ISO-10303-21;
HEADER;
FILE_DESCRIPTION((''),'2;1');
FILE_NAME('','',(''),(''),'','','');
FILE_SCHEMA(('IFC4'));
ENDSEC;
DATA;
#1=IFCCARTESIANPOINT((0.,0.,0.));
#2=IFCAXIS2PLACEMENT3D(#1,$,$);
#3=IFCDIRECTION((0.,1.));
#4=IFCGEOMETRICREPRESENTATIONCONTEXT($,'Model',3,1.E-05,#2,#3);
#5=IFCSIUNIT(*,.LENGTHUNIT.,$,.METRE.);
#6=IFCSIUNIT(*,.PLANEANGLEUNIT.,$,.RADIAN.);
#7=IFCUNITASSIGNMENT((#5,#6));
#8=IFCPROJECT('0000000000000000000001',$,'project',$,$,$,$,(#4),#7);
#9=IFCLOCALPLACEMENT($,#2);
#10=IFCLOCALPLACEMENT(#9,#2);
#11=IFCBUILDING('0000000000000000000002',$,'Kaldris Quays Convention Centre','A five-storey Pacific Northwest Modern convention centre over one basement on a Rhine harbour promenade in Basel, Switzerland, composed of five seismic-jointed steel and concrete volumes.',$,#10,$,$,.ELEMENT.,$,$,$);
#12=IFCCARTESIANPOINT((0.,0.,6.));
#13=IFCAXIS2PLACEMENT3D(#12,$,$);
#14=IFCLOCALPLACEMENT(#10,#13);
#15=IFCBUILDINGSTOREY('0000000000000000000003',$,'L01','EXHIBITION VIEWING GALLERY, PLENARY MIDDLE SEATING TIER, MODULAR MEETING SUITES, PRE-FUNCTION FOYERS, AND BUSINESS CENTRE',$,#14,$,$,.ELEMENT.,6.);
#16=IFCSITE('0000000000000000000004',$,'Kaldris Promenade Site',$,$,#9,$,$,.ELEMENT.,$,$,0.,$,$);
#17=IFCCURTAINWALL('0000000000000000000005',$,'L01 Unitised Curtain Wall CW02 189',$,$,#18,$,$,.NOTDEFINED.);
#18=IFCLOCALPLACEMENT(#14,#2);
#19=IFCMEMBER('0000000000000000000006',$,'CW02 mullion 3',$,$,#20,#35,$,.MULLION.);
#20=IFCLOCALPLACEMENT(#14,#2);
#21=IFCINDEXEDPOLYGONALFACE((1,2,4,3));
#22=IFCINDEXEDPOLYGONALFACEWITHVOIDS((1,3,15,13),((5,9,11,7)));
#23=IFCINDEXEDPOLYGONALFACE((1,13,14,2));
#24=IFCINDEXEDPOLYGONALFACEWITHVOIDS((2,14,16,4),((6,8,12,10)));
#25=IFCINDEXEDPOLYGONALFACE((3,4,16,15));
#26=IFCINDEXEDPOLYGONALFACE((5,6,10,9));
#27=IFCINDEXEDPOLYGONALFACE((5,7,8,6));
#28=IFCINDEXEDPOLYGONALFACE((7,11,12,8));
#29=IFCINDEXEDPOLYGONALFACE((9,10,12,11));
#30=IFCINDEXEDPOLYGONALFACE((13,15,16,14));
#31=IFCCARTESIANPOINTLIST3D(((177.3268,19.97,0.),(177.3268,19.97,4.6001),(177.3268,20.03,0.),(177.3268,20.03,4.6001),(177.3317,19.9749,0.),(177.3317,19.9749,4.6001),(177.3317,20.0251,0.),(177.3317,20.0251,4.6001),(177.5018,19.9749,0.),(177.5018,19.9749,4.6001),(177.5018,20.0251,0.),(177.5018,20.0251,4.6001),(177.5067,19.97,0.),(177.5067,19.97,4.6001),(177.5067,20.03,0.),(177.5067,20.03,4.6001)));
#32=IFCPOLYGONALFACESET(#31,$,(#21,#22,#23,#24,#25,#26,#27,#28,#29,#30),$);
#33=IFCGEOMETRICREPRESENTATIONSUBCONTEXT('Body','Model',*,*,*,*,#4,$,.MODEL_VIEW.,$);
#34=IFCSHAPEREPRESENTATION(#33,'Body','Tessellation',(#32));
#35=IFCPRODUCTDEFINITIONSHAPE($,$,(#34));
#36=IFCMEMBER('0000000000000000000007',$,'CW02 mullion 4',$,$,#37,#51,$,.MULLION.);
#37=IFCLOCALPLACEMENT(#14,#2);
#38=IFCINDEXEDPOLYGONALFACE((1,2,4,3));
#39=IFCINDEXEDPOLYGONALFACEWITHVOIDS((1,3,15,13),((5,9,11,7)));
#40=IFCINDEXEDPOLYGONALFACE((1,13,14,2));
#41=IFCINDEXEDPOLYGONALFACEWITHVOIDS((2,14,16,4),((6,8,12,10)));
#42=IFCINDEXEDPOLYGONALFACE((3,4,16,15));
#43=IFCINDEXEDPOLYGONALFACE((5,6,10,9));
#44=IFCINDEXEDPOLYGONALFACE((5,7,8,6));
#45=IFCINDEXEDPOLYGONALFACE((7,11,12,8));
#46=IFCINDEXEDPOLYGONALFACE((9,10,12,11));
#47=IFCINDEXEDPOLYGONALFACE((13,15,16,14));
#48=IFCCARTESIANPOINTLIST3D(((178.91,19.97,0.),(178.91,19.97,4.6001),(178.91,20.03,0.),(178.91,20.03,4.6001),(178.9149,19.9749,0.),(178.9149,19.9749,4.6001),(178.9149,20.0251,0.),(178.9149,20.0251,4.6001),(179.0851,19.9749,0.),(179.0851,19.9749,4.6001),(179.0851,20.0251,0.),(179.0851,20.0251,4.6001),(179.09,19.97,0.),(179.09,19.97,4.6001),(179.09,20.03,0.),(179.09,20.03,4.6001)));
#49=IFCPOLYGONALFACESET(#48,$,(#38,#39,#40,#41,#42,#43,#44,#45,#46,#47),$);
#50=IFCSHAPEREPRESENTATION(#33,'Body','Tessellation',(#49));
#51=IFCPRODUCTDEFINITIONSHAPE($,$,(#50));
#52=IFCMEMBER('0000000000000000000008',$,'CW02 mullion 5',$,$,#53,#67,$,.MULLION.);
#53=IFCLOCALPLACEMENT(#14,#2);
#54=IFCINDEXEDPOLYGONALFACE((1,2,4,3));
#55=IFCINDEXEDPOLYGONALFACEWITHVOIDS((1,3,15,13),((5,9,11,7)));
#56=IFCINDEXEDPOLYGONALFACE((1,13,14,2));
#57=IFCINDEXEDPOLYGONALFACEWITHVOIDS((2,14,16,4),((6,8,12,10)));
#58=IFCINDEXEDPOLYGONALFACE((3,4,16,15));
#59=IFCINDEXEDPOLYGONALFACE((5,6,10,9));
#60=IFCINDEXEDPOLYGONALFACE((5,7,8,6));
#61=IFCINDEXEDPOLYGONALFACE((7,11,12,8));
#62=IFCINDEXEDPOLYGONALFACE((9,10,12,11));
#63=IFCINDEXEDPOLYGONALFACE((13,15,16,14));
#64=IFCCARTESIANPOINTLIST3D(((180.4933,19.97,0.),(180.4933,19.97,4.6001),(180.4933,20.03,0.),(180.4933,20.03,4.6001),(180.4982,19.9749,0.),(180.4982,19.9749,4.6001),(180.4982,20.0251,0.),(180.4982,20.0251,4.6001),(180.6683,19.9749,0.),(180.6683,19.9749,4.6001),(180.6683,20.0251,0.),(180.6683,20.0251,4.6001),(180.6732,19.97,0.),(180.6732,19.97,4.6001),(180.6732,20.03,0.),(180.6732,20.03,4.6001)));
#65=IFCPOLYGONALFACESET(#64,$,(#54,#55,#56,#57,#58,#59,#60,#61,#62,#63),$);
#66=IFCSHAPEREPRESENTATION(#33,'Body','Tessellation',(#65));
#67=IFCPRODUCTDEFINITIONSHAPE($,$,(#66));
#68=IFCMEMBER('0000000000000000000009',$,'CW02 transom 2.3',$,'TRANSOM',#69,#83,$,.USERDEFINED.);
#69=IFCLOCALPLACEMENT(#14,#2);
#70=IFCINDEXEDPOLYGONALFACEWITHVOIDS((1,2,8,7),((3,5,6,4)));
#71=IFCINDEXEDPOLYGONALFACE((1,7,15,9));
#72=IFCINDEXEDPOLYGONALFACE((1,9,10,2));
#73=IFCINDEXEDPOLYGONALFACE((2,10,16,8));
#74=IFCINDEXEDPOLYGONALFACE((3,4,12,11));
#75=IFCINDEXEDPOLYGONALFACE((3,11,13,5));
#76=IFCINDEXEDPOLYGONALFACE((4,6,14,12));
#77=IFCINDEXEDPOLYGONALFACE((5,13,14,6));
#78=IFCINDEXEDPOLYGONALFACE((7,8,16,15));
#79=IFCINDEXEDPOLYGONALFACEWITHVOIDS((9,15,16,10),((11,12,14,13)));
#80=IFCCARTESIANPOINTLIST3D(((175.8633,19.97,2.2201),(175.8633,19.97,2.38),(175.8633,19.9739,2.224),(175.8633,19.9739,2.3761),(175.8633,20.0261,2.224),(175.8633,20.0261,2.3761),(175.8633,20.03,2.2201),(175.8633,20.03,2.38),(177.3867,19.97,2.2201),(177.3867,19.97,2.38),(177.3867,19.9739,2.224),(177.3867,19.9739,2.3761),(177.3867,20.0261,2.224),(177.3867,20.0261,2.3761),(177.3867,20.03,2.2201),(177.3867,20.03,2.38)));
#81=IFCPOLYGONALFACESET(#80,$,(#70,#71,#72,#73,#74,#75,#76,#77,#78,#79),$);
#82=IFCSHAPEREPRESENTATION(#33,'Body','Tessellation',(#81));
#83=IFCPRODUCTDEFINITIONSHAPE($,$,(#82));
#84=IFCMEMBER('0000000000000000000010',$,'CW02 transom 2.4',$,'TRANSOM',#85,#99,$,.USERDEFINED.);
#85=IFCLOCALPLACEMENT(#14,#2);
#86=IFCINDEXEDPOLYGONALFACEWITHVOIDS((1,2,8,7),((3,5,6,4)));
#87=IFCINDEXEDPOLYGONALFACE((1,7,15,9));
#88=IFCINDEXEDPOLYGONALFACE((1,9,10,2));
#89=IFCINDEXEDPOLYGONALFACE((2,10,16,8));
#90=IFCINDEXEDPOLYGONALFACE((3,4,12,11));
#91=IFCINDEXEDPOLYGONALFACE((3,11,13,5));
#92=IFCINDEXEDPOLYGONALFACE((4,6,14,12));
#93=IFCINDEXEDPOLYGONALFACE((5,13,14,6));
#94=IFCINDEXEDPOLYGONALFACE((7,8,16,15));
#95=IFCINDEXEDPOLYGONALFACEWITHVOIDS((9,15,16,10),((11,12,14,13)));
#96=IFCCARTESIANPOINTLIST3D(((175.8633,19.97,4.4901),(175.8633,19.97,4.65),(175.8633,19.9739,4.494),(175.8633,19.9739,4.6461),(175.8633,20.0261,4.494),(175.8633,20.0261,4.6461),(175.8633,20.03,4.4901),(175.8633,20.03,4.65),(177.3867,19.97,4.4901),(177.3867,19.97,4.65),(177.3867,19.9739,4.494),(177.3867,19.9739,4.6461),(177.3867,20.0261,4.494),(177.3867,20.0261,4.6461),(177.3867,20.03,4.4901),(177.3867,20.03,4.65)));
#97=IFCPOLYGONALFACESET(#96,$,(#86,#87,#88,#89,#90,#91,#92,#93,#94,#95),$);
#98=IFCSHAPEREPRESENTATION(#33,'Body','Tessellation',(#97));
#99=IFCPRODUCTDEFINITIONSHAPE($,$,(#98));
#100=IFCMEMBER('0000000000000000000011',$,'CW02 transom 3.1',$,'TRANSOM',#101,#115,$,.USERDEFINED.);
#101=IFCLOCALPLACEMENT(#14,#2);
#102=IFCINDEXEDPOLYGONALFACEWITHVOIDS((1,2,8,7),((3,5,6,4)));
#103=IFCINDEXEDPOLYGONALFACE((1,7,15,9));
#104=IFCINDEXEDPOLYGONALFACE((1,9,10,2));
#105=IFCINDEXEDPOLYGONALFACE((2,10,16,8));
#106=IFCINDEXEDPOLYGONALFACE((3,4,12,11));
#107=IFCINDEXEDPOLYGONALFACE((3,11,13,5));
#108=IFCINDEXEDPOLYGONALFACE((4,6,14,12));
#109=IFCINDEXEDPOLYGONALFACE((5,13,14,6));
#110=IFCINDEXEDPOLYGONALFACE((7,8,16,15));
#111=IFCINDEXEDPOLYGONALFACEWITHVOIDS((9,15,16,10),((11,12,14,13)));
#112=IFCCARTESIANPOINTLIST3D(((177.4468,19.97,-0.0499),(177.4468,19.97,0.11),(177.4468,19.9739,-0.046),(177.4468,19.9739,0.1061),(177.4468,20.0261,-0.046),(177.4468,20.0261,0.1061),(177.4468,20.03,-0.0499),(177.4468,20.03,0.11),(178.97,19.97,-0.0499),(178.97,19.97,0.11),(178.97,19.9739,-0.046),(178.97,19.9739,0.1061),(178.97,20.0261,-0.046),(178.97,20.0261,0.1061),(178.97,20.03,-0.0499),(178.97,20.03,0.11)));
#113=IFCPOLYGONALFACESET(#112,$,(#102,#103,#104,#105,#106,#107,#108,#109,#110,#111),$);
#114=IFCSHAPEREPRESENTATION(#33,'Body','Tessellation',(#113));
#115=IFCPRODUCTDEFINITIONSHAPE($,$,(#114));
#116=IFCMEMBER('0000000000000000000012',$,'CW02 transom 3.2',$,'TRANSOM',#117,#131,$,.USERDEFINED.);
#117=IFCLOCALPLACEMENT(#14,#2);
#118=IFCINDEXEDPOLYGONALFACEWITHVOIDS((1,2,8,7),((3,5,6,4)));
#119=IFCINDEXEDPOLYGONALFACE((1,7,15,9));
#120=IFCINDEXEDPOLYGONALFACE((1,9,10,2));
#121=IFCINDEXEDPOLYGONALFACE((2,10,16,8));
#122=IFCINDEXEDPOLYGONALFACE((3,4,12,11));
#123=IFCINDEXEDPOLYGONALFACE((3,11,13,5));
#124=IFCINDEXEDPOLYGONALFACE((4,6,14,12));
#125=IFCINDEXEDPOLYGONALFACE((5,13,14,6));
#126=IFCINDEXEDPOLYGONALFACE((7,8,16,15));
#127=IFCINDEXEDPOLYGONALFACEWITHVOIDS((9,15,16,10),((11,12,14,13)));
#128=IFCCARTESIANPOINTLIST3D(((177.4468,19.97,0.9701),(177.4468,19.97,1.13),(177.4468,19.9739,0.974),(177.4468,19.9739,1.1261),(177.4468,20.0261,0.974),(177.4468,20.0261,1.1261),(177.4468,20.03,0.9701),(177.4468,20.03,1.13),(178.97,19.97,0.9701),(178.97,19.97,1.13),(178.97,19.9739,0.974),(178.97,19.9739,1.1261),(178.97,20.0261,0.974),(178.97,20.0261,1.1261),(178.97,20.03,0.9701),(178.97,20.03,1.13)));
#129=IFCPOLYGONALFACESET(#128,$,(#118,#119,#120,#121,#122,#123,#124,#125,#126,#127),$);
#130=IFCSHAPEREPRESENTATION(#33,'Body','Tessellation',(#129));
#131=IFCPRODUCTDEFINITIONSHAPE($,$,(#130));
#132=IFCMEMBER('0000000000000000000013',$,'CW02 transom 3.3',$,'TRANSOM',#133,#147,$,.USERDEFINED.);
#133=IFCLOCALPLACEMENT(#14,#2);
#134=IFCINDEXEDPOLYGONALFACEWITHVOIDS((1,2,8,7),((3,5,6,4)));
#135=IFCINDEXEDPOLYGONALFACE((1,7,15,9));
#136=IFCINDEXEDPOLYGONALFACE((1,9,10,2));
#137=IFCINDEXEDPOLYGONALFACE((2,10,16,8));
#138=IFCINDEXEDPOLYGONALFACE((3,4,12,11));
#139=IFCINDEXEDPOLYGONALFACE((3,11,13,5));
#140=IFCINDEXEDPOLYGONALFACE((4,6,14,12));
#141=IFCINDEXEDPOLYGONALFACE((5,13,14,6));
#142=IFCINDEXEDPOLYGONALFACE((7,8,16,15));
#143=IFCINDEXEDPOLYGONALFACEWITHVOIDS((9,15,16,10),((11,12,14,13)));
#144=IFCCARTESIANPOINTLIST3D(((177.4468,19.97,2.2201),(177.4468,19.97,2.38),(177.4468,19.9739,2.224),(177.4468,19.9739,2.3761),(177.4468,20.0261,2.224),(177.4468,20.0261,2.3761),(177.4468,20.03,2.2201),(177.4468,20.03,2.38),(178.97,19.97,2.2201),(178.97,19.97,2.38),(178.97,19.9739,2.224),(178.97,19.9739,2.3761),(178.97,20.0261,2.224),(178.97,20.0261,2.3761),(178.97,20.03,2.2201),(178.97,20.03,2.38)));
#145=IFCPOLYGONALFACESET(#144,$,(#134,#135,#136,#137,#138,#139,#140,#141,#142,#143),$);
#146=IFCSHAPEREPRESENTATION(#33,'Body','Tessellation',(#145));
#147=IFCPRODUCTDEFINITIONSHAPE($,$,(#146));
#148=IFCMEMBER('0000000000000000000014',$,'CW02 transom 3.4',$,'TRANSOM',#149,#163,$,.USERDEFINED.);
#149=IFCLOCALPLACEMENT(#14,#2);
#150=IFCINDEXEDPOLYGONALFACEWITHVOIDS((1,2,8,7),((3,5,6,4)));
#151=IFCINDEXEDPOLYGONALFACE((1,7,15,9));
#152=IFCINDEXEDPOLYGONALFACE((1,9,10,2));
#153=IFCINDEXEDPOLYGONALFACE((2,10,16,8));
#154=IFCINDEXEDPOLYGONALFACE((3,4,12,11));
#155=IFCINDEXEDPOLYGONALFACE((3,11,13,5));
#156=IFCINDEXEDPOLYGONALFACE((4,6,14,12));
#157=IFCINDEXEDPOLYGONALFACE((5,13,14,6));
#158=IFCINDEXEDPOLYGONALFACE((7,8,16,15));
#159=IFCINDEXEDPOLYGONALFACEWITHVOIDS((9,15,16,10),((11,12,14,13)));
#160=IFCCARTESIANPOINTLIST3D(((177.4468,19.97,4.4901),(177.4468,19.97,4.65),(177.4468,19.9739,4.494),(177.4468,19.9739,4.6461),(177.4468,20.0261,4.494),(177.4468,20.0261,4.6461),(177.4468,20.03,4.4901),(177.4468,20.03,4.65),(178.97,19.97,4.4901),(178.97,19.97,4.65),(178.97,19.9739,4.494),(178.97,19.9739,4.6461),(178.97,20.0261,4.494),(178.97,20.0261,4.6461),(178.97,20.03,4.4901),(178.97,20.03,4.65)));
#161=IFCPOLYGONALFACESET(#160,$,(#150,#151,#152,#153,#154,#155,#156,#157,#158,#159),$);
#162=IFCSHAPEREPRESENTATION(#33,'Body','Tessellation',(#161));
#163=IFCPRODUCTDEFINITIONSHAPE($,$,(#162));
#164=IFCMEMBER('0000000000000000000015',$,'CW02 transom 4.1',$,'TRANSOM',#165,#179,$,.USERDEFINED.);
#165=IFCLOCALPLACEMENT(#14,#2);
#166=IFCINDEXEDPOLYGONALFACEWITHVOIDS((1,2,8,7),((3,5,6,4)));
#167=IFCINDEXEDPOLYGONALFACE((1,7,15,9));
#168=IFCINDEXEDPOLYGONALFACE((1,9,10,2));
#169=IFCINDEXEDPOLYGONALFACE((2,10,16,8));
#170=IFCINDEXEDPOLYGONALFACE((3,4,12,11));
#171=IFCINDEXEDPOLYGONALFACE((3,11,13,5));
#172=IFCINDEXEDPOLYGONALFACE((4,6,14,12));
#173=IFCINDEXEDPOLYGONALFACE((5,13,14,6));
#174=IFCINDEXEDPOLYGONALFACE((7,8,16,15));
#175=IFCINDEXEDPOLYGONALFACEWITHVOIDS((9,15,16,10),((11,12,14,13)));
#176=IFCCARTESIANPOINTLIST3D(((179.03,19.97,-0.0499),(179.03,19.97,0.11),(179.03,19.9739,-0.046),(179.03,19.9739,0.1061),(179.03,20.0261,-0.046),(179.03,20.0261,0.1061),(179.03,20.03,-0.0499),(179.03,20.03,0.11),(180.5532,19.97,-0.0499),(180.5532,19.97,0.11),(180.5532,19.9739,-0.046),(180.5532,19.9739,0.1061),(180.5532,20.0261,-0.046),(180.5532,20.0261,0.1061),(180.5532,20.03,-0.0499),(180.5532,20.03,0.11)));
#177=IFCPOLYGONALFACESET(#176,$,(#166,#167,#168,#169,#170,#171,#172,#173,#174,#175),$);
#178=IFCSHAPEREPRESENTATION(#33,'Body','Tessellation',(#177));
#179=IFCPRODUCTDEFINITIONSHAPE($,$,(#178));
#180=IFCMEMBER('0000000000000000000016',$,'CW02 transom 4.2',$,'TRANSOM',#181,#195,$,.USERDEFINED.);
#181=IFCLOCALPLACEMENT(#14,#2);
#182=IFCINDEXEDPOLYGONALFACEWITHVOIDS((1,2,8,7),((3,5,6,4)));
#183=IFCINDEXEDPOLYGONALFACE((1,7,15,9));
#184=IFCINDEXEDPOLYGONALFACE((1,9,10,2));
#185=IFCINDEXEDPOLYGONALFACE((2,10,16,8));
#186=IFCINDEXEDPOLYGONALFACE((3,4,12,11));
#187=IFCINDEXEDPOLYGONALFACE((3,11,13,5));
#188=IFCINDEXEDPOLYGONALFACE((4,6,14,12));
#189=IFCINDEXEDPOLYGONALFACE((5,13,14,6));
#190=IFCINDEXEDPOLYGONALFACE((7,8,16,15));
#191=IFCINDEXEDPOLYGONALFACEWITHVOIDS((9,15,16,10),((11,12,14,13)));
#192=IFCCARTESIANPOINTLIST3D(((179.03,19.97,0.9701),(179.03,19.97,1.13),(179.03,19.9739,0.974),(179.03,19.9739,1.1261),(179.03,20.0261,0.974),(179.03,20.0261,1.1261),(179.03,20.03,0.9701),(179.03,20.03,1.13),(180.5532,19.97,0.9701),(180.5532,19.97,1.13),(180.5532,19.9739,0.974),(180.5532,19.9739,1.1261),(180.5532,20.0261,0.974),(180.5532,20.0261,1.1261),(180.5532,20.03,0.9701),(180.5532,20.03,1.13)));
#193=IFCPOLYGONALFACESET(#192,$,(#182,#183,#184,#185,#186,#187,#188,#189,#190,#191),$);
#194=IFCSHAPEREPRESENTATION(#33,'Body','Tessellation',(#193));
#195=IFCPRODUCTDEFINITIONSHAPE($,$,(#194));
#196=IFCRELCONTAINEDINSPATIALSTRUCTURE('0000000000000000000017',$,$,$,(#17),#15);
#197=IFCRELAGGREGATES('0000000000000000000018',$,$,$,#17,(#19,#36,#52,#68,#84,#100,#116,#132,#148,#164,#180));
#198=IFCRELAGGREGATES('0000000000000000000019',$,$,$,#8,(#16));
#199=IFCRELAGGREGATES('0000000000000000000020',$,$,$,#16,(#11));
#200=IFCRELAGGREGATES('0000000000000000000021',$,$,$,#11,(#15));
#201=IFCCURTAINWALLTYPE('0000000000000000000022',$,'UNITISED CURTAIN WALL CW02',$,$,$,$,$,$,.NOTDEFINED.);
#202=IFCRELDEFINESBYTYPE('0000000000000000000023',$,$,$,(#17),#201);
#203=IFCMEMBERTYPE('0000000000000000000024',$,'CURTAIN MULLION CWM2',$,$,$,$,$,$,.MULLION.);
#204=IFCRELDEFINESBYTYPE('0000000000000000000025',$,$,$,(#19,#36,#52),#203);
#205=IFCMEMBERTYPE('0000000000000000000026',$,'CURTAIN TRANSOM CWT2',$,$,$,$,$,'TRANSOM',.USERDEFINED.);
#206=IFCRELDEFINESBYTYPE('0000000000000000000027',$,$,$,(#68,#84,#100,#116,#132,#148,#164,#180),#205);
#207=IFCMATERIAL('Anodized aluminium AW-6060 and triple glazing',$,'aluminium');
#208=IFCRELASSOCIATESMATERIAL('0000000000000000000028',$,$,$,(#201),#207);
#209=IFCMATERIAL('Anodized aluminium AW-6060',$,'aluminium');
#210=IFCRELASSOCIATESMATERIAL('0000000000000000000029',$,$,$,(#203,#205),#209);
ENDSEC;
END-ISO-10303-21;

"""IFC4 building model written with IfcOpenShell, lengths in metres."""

from ifc_helpers import new_model, si_unit, direction, frame, origin, origin_2d, place, context, subcontext, project, spatial, hollow_rectangle, extrude, material, material_profile, profile_set, type_object, element, aggregate, save


model = new_model("IFC4")

# Units and contexts
model_context = context("Model", 3, precision=1e-05, world=origin(), true_north=direction((0.0, 1.0)))
body_context = subcontext(model_context, "Body", "Model", "MODEL_VIEW")
ifc_project = project(units=[si_unit("LENGTHUNIT", "METRE"), si_unit("PLANEANGLEUNIT", "RADIAN")], contexts=[model_context])

# Site, building, storey
site_placement = place(None, origin())
site = spatial("IfcSite", under=ifc_project, at=site_placement, Name="Kaldris Promenade Site", CompositionType="ELEMENT", RefElevation=0.0)
building_placement = place(site_placement, origin())
building = spatial("IfcBuilding", under=site, at=building_placement, Name="Kaldris Quays Convention Centre", Description="A five-storey Pacific Northwest Modern convention centre over one basement on a Rhine harbour promenade in Basel, Switzerland, composed of five seismic-jointed steel and concrete volumes.", CompositionType="ELEMENT")
storey_placement = place(building_placement, frame((0.0, 0.0, 6.0)))
storey = spatial("IfcBuildingStorey", under=building, at=storey_placement, Name="L01", Description="EXHIBITION VIEWING GALLERY, PLENARY MIDDLE SEATING TIER, MODULAR MEETING SUITES, PRE-FUNCTION FOYERS, AND BUSINESS CENTRE", CompositionType="ELEMENT", Elevation=6.0)

# Curtain wall, members
ifc_material_1 = material(Name="Anodized aluminium AW-6060 and triple glazing", Category="aluminium")
curtain_wall_type = type_object("IfcCurtainWallType", Name="UNITISED CURTAIN WALL CW02", PredefinedType="NOTDEFINED", material=ifc_material_1)
curtain_wall_placement = place(storey_placement, origin())
curtain_wall = element("IfcCurtainWall", 1, at=curtain_wall_placement, inside=storey, type_object=curtain_wall_type, Name="L01 Unitised Curtain Wall CW02 189", PredefinedType="NOTDEFINED")
ifc_material_2 = material(Name="Anodized aluminium AW-6060", Category="aluminium")
ifc_material_profile_1 = material_profile(ifc_material_2, hollow_rectangle(XDim=0.0601, YDim=0.1799, WallThickness=0.0049, at=origin_2d()), Name="RHS 180x60x5")
ifc_profile_set_1 = profile_set([ifc_material_profile_1], Name="Anodized aluminium AW-6060")
member_type_1 = type_object("IfcMemberType", Name="CURTAIN MULLION CWM2", PredefinedType="MULLION", material=ifc_profile_set_1)
member_1_placement = place(storey_placement, frame((177.4167, 20.0, 0.0), z_axis=(0.0, 0.0, 1.0), x_axis=(0.0, 1.0, 0.0)))
member_1 = element("IfcMember", 2, at=member_1_placement, type_object=member_type_1, Name="CW02 mullion 3", PredefinedType="MULLION", context=body_context, shape_type="SweptSolid", body=[
    extrude(hollow_rectangle(XDim=0.0601, YDim=0.1799, WallThickness=0.0049, at=origin_2d()), origin(), (0.0, 0.0, 1.0), 4.6001),
])
member_2_placement = place(storey_placement, frame((179.0, 20.0, 0.0), z_axis=(0.0, 0.0, 1.0), x_axis=(0.0, 1.0, 0.0)))
member_2 = element("IfcMember", 3, at=member_2_placement, type_object=member_type_1, Name="CW02 mullion 4", PredefinedType="MULLION", context=body_context, shape_type="SweptSolid", body=[
    extrude(hollow_rectangle(XDim=0.0601, YDim=0.1799, WallThickness=0.0049, at=origin_2d()), origin(), (0.0, 0.0, 1.0), 4.6001),
])
member_3_placement = place(storey_placement, frame((180.5833, 20.0, 0.0), z_axis=(0.0, 0.0, 1.0), x_axis=(0.0, 1.0, 0.0)))
member_3 = element("IfcMember", 4, at=member_3_placement, type_object=member_type_1, Name="CW02 mullion 5", PredefinedType="MULLION", context=body_context, shape_type="SweptSolid", body=[
    extrude(hollow_rectangle(XDim=0.0601, YDim=0.1799, WallThickness=0.0049, at=origin_2d()), origin(), (0.0, 0.0, 1.0), 4.6001),
])
ifc_material_profile_2 = material_profile(ifc_material_2, hollow_rectangle(XDim=0.0601, YDim=0.1599, WallThickness=0.0039, at=origin_2d()), Name="RHS 160x60x4")
ifc_profile_set_2 = profile_set([ifc_material_profile_2], Name="Anodized aluminium AW-6060")
member_type_2 = type_object("IfcMemberType", Name="CURTAIN TRANSOM CWT2", ElementType="TRANSOM", PredefinedType="USERDEFINED", material=ifc_profile_set_2)
member_4_placement = place(storey_placement, frame((175.8633, 20.0, 2.3), z_axis=(1.0, 0.0, 0.0), x_axis=(0.0, 1.0, 0.0)))
member_4 = element("IfcMember", 5, at=member_4_placement, type_object=member_type_2, Name="CW02 transom 2.3", ObjectType="TRANSOM", PredefinedType="USERDEFINED", context=body_context, shape_type="SweptSolid", body=[
    extrude(hollow_rectangle(XDim=0.0601, YDim=0.1599, WallThickness=0.0039, at=origin_2d()), origin(), (0.0, 0.0, 1.0), 1.5234),
])
member_5_placement = place(storey_placement, frame((175.8633, 20.0, 4.5701), z_axis=(1.0, 0.0, 0.0), x_axis=(0.0, 1.0, 0.0)))
member_5 = element("IfcMember", 6, at=member_5_placement, type_object=member_type_2, Name="CW02 transom 2.4", ObjectType="TRANSOM", PredefinedType="USERDEFINED", context=body_context, shape_type="SweptSolid", body=[
    extrude(hollow_rectangle(XDim=0.0601, YDim=0.1599, WallThickness=0.0039, at=origin_2d()), origin(), (0.0, 0.0, 1.0), 1.5234),
])
member_6_placement = place(storey_placement, frame((177.4468, 20.0, 0.03), z_axis=(1.0, 0.0, 0.0), x_axis=(0.0, 1.0, 0.0)))
member_6 = element("IfcMember", 7, at=member_6_placement, type_object=member_type_2, Name="CW02 transom 3.1", ObjectType="TRANSOM", PredefinedType="USERDEFINED", context=body_context, shape_type="SweptSolid", body=[
    extrude(hollow_rectangle(XDim=0.0601, YDim=0.1599, WallThickness=0.0039, at=origin_2d()), origin(), (0.0, 0.0, 1.0), 1.5232),
])
member_7_placement = place(storey_placement, frame((177.4468, 20.0, 1.05), z_axis=(1.0, 0.0, 0.0), x_axis=(0.0, 1.0, 0.0)))
member_7 = element("IfcMember", 8, at=member_7_placement, type_object=member_type_2, Name="CW02 transom 3.2", ObjectType="TRANSOM", PredefinedType="USERDEFINED", context=body_context, shape_type="SweptSolid", body=[
    extrude(hollow_rectangle(XDim=0.0601, YDim=0.1599, WallThickness=0.0039, at=origin_2d()), origin(), (0.0, 0.0, 1.0), 1.5232),
])
member_8_placement = place(storey_placement, frame((177.4468, 20.0, 2.3), z_axis=(1.0, 0.0, 0.0), x_axis=(0.0, 1.0, 0.0)))
member_8 = element("IfcMember", 9, at=member_8_placement, type_object=member_type_2, Name="CW02 transom 3.3", ObjectType="TRANSOM", PredefinedType="USERDEFINED", context=body_context, shape_type="SweptSolid", body=[
    extrude(hollow_rectangle(XDim=0.0601, YDim=0.1599, WallThickness=0.0039, at=origin_2d()), origin(), (0.0, 0.0, 1.0), 1.5232),
])
member_9_placement = place(storey_placement, frame((177.4468, 20.0, 4.5701), z_axis=(1.0, 0.0, 0.0), x_axis=(0.0, 1.0, 0.0)))
member_9 = element("IfcMember", 10, at=member_9_placement, type_object=member_type_2, Name="CW02 transom 3.4", ObjectType="TRANSOM", PredefinedType="USERDEFINED", context=body_context, shape_type="SweptSolid", body=[
    extrude(hollow_rectangle(XDim=0.0601, YDim=0.1599, WallThickness=0.0039, at=origin_2d()), origin(), (0.0, 0.0, 1.0), 1.5232),
])
member_10_placement = place(storey_placement, frame((179.03, 20.0, 0.03), z_axis=(1.0, 0.0, 0.0), x_axis=(0.0, 1.0, 0.0)))
member_10 = element("IfcMember", 11, at=member_10_placement, type_object=member_type_2, Name="CW02 transom 4.1", ObjectType="TRANSOM", PredefinedType="USERDEFINED", context=body_context, shape_type="SweptSolid", body=[
    extrude(hollow_rectangle(XDim=0.0601, YDim=0.1599, WallThickness=0.0039, at=origin_2d()), origin(), (0.0, 0.0, 1.0), 1.5232),
])
member_11_placement = place(storey_placement, frame((179.03, 20.0, 1.05), z_axis=(1.0, 0.0, 0.0), x_axis=(0.0, 1.0, 0.0)))
member_11 = element("IfcMember", 12, at=member_11_placement, type_object=member_type_2, Name="CW02 transom 4.2", ObjectType="TRANSOM", PredefinedType="USERDEFINED", context=body_context, shape_type="SweptSolid", body=[
    extrude(hollow_rectangle(XDim=0.0601, YDim=0.1599, WallThickness=0.0039, at=origin_2d()), origin(), (0.0, 0.0, 1.0), 1.5232),
])
aggregate(curtain_wall, [member_1, member_2, member_3, member_4, member_5, member_6, member_7, member_8, member_9, member_10, member_11])

save(model, "model.ifc")
